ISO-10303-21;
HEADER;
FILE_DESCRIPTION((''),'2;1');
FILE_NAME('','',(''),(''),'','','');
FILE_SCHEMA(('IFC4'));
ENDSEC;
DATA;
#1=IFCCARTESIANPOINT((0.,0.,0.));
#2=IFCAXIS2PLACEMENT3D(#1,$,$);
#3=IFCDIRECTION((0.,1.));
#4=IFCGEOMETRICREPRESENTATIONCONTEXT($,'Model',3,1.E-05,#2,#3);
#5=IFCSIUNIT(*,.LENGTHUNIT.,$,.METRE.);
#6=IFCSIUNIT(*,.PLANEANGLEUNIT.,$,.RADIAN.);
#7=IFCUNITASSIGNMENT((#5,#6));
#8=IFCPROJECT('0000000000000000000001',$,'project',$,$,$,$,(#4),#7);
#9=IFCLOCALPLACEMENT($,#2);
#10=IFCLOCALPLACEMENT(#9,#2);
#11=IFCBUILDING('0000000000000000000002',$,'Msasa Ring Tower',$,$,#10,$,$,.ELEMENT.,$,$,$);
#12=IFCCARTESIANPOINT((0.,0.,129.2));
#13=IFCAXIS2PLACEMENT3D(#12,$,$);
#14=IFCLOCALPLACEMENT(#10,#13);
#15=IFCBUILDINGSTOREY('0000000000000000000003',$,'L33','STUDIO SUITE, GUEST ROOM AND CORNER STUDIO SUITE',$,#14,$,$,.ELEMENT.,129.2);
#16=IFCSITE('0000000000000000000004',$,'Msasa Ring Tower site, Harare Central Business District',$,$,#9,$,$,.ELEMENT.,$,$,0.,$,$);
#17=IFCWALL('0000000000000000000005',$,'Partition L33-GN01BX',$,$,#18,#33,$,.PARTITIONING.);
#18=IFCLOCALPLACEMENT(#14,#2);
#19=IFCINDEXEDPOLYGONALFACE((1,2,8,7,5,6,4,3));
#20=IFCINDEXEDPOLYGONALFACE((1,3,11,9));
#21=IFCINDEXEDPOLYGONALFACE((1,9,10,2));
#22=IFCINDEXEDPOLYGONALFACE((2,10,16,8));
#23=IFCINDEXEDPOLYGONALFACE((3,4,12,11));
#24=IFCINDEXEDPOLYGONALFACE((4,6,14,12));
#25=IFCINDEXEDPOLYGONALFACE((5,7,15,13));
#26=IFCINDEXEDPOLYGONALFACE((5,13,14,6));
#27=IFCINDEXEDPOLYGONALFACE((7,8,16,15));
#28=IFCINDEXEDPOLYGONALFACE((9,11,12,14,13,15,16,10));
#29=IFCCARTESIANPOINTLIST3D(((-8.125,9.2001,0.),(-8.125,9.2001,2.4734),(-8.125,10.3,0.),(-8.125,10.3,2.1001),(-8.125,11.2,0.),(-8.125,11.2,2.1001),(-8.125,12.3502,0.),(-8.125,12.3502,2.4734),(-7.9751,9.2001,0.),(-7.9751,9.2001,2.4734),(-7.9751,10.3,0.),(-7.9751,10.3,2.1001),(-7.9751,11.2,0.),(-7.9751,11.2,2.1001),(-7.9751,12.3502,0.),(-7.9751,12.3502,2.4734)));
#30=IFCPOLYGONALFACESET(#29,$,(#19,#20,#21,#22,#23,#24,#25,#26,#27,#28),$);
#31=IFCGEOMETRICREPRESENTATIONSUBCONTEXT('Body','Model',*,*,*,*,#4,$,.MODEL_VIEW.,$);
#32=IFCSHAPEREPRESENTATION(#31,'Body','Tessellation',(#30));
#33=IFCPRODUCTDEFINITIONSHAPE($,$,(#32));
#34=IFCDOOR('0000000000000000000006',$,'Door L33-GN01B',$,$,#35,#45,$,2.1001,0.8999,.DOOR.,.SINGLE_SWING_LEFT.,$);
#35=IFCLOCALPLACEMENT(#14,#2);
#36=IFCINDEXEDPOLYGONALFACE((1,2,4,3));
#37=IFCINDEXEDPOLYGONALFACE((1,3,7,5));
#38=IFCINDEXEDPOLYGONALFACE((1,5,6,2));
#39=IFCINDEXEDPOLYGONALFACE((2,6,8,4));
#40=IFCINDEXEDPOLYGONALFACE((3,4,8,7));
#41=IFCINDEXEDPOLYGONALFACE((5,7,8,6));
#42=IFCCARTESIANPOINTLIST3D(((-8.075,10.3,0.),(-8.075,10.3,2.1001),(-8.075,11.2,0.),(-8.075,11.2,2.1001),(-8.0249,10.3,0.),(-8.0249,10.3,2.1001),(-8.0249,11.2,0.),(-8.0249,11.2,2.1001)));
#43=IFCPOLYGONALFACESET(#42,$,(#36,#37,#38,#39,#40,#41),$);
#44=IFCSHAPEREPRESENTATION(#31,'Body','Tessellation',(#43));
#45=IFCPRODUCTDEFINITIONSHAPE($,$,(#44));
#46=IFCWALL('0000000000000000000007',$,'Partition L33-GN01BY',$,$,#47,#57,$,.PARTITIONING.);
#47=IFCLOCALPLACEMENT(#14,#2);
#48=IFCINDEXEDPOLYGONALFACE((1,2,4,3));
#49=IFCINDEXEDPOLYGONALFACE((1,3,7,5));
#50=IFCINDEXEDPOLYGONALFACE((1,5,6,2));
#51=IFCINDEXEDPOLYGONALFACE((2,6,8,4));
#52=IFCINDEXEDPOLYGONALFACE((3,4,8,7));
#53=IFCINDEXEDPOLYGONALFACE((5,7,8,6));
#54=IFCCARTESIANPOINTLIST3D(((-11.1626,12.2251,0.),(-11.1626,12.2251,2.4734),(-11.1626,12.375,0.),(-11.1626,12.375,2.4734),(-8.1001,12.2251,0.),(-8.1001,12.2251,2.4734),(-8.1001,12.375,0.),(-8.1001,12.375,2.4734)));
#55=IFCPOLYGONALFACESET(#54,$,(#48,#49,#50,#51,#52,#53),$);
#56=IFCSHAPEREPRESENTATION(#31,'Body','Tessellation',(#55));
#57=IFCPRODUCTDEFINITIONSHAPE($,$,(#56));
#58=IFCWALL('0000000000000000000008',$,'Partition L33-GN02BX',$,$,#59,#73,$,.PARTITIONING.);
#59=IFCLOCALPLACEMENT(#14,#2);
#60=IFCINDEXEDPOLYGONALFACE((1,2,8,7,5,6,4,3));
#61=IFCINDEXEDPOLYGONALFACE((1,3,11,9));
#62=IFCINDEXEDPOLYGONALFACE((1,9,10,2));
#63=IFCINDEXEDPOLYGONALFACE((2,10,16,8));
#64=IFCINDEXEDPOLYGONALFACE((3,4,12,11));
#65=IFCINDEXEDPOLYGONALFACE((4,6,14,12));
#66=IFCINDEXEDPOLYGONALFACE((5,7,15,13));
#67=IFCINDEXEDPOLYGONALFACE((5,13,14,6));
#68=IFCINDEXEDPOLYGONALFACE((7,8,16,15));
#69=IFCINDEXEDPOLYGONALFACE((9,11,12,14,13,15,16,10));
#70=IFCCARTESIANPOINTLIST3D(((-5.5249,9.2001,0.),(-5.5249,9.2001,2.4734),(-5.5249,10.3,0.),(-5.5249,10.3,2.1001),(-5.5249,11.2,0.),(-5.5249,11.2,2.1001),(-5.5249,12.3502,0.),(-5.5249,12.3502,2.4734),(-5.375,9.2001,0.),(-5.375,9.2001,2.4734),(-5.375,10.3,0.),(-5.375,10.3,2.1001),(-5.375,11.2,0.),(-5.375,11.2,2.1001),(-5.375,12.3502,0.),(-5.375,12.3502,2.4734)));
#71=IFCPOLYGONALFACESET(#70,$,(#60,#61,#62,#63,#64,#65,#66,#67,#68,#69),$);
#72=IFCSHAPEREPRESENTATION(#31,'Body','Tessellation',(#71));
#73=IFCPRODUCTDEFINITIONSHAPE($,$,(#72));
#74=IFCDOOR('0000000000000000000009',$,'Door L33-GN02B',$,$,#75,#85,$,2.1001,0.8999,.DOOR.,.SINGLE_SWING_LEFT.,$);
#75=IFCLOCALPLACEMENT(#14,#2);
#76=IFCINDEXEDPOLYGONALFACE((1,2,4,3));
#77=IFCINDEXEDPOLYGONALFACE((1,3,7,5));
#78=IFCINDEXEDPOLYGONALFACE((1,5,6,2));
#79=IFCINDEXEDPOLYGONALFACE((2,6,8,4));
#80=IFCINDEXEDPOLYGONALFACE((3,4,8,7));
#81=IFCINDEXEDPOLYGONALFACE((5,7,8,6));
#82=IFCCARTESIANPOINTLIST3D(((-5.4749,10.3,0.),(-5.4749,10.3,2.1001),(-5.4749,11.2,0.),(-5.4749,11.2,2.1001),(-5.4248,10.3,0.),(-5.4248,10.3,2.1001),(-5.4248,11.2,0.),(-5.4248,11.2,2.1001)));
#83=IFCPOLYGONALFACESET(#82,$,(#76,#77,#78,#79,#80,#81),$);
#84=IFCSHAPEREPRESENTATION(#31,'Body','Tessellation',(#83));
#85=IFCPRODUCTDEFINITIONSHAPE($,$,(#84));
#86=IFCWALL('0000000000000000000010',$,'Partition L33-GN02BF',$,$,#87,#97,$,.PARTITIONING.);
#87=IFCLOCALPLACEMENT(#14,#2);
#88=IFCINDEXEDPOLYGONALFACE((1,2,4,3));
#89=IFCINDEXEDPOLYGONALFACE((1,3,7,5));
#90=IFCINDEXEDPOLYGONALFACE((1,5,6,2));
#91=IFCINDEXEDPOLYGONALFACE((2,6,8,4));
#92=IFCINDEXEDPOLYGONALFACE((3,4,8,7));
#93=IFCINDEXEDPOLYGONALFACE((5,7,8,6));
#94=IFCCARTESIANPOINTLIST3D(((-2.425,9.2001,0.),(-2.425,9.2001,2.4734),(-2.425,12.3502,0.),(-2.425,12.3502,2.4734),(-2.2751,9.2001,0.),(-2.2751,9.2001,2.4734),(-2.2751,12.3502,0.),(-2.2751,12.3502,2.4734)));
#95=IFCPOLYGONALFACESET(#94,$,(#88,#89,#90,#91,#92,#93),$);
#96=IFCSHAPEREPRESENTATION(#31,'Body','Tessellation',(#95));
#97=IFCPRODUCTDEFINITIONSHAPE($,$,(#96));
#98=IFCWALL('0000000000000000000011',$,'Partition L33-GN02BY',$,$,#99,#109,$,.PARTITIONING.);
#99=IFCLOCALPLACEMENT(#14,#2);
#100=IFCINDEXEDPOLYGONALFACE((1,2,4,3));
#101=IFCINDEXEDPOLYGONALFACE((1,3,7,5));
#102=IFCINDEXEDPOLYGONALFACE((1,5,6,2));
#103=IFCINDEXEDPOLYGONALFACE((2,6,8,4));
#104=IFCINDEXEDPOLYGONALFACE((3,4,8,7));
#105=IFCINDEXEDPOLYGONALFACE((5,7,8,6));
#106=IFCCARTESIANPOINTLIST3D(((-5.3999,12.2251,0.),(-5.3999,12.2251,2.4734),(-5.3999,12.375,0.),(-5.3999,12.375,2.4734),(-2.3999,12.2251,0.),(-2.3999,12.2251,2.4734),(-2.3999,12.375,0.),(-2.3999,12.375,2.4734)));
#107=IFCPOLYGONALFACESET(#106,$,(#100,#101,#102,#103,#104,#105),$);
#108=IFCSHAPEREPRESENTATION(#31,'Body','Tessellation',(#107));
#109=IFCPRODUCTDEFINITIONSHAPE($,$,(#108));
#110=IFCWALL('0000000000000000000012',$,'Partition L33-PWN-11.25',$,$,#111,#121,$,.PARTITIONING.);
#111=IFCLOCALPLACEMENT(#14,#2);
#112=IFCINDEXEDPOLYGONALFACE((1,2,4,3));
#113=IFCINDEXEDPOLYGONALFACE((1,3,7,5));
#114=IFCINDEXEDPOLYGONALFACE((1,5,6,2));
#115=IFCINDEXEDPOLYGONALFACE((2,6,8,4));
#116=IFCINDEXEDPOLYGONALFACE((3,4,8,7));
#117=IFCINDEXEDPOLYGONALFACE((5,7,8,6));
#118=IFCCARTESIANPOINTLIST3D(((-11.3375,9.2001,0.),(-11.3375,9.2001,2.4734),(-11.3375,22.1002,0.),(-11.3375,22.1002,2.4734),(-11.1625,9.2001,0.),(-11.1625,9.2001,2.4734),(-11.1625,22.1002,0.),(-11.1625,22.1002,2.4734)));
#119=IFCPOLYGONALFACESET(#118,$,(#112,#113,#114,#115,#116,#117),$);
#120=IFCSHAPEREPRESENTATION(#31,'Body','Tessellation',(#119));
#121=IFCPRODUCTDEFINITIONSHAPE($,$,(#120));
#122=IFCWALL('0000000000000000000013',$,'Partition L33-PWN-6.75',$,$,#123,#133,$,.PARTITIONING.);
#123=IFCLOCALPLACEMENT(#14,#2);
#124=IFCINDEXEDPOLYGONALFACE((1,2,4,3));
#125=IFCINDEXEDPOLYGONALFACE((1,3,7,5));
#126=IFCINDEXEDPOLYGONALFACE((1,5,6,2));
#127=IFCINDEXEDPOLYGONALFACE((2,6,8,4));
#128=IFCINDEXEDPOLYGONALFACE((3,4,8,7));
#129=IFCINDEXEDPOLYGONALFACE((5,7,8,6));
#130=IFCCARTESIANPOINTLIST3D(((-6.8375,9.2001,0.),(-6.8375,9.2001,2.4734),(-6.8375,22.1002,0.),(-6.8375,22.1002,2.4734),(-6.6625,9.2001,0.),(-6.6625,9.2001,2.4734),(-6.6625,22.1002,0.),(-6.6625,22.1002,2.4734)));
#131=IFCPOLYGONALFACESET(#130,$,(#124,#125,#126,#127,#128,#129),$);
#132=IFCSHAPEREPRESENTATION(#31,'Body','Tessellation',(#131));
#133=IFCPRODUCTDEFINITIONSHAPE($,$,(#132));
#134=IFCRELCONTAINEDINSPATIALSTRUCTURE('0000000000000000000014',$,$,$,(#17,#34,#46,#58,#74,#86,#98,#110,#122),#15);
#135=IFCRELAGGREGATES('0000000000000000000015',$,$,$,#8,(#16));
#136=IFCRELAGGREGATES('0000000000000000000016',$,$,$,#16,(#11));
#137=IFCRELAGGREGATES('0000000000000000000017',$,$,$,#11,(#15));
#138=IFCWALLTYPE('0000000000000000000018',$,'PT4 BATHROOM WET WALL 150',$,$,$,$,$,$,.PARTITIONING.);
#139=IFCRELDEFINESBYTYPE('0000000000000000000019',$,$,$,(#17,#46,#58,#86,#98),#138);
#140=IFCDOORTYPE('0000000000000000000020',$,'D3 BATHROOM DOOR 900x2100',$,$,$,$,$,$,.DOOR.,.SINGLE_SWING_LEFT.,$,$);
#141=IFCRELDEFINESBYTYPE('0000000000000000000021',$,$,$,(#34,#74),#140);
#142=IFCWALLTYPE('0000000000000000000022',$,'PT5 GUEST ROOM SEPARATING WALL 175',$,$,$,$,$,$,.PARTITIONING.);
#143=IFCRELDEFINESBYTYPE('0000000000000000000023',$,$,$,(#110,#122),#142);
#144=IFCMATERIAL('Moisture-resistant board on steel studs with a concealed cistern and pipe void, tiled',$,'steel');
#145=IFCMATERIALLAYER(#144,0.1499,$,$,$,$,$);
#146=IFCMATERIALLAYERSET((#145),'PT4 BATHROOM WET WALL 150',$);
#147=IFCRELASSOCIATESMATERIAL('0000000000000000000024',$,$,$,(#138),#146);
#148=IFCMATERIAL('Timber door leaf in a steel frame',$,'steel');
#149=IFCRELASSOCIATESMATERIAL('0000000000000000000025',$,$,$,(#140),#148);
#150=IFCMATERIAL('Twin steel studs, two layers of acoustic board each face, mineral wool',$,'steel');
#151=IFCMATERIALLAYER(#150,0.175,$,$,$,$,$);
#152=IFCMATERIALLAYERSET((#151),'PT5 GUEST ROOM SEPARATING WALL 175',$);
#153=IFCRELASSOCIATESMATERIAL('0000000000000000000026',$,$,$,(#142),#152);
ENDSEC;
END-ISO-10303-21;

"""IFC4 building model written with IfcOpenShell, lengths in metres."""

from ifc_helpers import new_model, si_unit, direction, frame, frame_2d, origin, place, context, subcontext, project, spatial, rectangle, extrude, material, layer, layer_set, type_object, element, fill, save


model = new_model("IFC4")

# Units and contexts
model_context = context("Model", 3, precision=1e-05, world=origin(), true_north=direction((0.0, 1.0)))
body_context = subcontext(model_context, "Body", "Model", "MODEL_VIEW")
ifc_project = project(units=[si_unit("LENGTHUNIT", "METRE"), si_unit("PLANEANGLEUNIT", "RADIAN")], contexts=[model_context])

# Site, building, storey
site_placement = place(None, origin())
site = spatial("IfcSite", under=ifc_project, at=site_placement, Name="Msasa Ring Tower site, Harare Central Business District", CompositionType="ELEMENT", RefElevation=0.0)
building_placement = place(site_placement, origin())
building = spatial("IfcBuilding", under=site, at=building_placement, Name="Msasa Ring Tower", CompositionType="ELEMENT")
storey_placement = place(building_placement, frame((0.0, 0.0, 129.2)))
storey = spatial("IfcBuildingStorey", under=building, at=storey_placement, Name="L33", Description="STUDIO SUITE, GUEST ROOM AND CORNER STUDIO SUITE", CompositionType="ELEMENT", Elevation=129.2)

# Wall, opening, door
ifc_material_1 = material(Name="Moisture-resistant board on steel studs with a concealed cistern and pipe void, tiled", Category="steel")
ifc_layer_1 = layer(ifc_material_1, 0.1499)
ifc_layer_set_1 = layer_set([ifc_layer_1], Name="PT4 BATHROOM WET WALL 150")
wall_type_1 = type_object("IfcWallType", Name="PT4 BATHROOM WET WALL 150", PredefinedType="PARTITIONING", material=ifc_layer_set_1)
wall_1_placement = place(storey_placement, frame((-8.05, 9.2, 0.0), z_axis=(0.0, 0.0, 1.0), x_axis=(0.0, 1.0, 0.0)))
wall_1 = element("IfcWall", 1, at=wall_1_placement, inside=storey, type_object=wall_type_1, Name="Partition L33-GN01BX", PredefinedType="PARTITIONING", context=body_context, shape_type="SweptSolid", body=[
    extrude(rectangle(XDim=3.1501, YDim=0.1499, at=frame_2d((1.5752, 0.0))), origin(), (0.0, 0.0, 1.0), 2.4734),
])
opening_1_placement = place(wall_1_placement, frame((1.1001, 0.0, 0.0)))
opening_1 = element("IfcOpeningElement", 2, at=opening_1_placement, cuts=wall_1, PredefinedType="OPENING", context=body_context, shape_type="SweptSolid", body=[
    extrude(rectangle(XDim=0.8999, YDim=2.1001, at=frame_2d((0.45, 1.05))), frame((0.0, 0.085, 0.0), z_axis=(0.0, -1.0, 0.0), x_axis=(1.0, 0.0, 0.0)), (0.0, 0.0, 1.0), 0.1699),
])
ifc_material_2 = material(Name="Timber door leaf in a steel frame", Category="steel")
door_type = type_object("IfcDoorType", Name="D3 BATHROOM DOOR 900x2100", OperationType="SINGLE_SWING_LEFT", PredefinedType="DOOR", material=ifc_material_2)
door_1_placement = place(opening_1_placement, origin())
door_1 = element("IfcDoor", 3, at=door_1_placement, inside=storey, type_object=door_type, Name="Door L33-GN01B", OperationType="SINGLE_SWING_LEFT", OverallHeight=2.1001, OverallWidth=0.8999, PredefinedType="DOOR", context=body_context, shape_type="SweptSolid", body=[
    extrude(rectangle(XDim=0.8999, YDim=2.1001, at=frame_2d((0.45, 1.05))), frame((0.0, 0.0249, 0.0), z_axis=(0.0, -1.0, 0.0), x_axis=(1.0, 0.0, 0.0)), (0.0, 0.0, 1.0), 0.05),
])
fill(opening_1, door_1)

# Wall
wall_2_placement = place(storey_placement, frame((-11.1626, 12.3, 0.0), z_axis=(0.0, 0.0, 1.0), x_axis=(1.0, 0.0, 0.0)))
element("IfcWall", 4, at=wall_2_placement, inside=storey, type_object=wall_type_1, Name="Partition L33-GN01BY", PredefinedType="PARTITIONING", context=body_context, shape_type="SweptSolid", body=[
    extrude(rectangle(XDim=3.0625, YDim=0.1499, at=frame_2d((1.5312, 0.0))), origin(), (0.0, 0.0, 1.0), 2.4734),
])

# Wall, opening, door
wall_3_placement = place(storey_placement, frame((-5.45, 9.2, 0.0), z_axis=(0.0, 0.0, 1.0), x_axis=(0.0, 1.0, 0.0)))
wall_3 = element("IfcWall", 5, at=wall_3_placement, inside=storey, type_object=wall_type_1, Name="Partition L33-GN02BX", PredefinedType="PARTITIONING", context=body_context, shape_type="SweptSolid", body=[
    extrude(rectangle(XDim=3.1501, YDim=0.1499, at=frame_2d((1.5752, 0.0))), origin(), (0.0, 0.0, 1.0), 2.4734),
])
opening_2_placement = place(wall_3_placement, frame((1.1001, 0.0, 0.0)))
opening_2 = element("IfcOpeningElement", 6, at=opening_2_placement, cuts=wall_3, PredefinedType="OPENING", context=body_context, shape_type="SweptSolid", body=[
    extrude(rectangle(XDim=0.8999, YDim=2.1001, at=frame_2d((0.45, 1.05))), frame((0.0, 0.085, 0.0), z_axis=(0.0, -1.0, 0.0), x_axis=(1.0, 0.0, 0.0)), (0.0, 0.0, 1.0), 0.1699),
])
door_2_placement = place(opening_2_placement, origin())
door_2 = element("IfcDoor", 7, at=door_2_placement, inside=storey, type_object=door_type, Name="Door L33-GN02B", OperationType="SINGLE_SWING_LEFT", OverallHeight=2.1001, OverallWidth=0.8999, PredefinedType="DOOR", context=body_context, shape_type="SweptSolid", body=[
    extrude(rectangle(XDim=0.8999, YDim=2.1001, at=frame_2d((0.45, 1.05))), frame((0.0, 0.0249, 0.0), z_axis=(0.0, -1.0, 0.0), x_axis=(1.0, 0.0, 0.0)), (0.0, 0.0, 1.0), 0.05),
])
fill(opening_2, door_2)

# Walls
wall_4_placement = place(storey_placement, frame((-2.3501, 9.2, 0.0), z_axis=(0.0, 0.0, 1.0), x_axis=(0.0, 1.0, 0.0)))
element("IfcWall", 8, at=wall_4_placement, inside=storey, type_object=wall_type_1, Name="Partition L33-GN02BF", PredefinedType="PARTITIONING", context=body_context, shape_type="SweptSolid", body=[
    extrude(rectangle(XDim=3.1501, YDim=0.1499, at=frame_2d((1.5752, 0.0))), origin(), (0.0, 0.0, 1.0), 2.4734),
])
wall_5_placement = place(storey_placement, frame((-5.3999, 12.3, 0.0), z_axis=(0.0, 0.0, 1.0), x_axis=(1.0, 0.0, 0.0)))
element("IfcWall", 9, at=wall_5_placement, inside=storey, type_object=wall_type_1, Name="Partition L33-GN02BY", PredefinedType="PARTITIONING", context=body_context, shape_type="SweptSolid", body=[
    extrude(rectangle(XDim=3.0, YDim=0.1499, at=frame_2d((1.5, 0.0))), origin(), (0.0, 0.0, 1.0), 2.4734),
])
ifc_material_3 = material(Name="Twin steel studs, two layers of acoustic board each face, mineral wool", Category="steel")
ifc_layer_2 = layer(ifc_material_3, 0.175)
ifc_layer_set_2 = layer_set([ifc_layer_2], Name="PT5 GUEST ROOM SEPARATING WALL 175")
wall_type_2 = type_object("IfcWallType", Name="PT5 GUEST ROOM SEPARATING WALL 175", PredefinedType="PARTITIONING", material=ifc_layer_set_2)
for number, where, z_axis, x_axis, name in (
    (10, (-11.25, 9.2, 0.0), (0.0, 0.0, 1.0), (0.0, 1.0, 0.0), "Partition L33-PWN-11.25"),
    (11, (-6.75, 9.2, 0.0), (0.0, 0.0, 1.0), (0.0, 1.0, 0.0), "Partition L33-PWN-6.75"),
):
    element("IfcWall", number, at=place(storey_placement, frame(where, z_axis=z_axis, x_axis=x_axis)), inside=storey, type_object=wall_type_2, Name=name, PredefinedType="PARTITIONING", context=body_context, shape_type="SweptSolid", body=[
        extrude(rectangle(XDim=12.9001, YDim=0.175, at=frame_2d((6.4502, 0.0))), origin(), (0.0, 0.0, 1.0), 2.4734),
    ])

save(model, "model.ifc")
